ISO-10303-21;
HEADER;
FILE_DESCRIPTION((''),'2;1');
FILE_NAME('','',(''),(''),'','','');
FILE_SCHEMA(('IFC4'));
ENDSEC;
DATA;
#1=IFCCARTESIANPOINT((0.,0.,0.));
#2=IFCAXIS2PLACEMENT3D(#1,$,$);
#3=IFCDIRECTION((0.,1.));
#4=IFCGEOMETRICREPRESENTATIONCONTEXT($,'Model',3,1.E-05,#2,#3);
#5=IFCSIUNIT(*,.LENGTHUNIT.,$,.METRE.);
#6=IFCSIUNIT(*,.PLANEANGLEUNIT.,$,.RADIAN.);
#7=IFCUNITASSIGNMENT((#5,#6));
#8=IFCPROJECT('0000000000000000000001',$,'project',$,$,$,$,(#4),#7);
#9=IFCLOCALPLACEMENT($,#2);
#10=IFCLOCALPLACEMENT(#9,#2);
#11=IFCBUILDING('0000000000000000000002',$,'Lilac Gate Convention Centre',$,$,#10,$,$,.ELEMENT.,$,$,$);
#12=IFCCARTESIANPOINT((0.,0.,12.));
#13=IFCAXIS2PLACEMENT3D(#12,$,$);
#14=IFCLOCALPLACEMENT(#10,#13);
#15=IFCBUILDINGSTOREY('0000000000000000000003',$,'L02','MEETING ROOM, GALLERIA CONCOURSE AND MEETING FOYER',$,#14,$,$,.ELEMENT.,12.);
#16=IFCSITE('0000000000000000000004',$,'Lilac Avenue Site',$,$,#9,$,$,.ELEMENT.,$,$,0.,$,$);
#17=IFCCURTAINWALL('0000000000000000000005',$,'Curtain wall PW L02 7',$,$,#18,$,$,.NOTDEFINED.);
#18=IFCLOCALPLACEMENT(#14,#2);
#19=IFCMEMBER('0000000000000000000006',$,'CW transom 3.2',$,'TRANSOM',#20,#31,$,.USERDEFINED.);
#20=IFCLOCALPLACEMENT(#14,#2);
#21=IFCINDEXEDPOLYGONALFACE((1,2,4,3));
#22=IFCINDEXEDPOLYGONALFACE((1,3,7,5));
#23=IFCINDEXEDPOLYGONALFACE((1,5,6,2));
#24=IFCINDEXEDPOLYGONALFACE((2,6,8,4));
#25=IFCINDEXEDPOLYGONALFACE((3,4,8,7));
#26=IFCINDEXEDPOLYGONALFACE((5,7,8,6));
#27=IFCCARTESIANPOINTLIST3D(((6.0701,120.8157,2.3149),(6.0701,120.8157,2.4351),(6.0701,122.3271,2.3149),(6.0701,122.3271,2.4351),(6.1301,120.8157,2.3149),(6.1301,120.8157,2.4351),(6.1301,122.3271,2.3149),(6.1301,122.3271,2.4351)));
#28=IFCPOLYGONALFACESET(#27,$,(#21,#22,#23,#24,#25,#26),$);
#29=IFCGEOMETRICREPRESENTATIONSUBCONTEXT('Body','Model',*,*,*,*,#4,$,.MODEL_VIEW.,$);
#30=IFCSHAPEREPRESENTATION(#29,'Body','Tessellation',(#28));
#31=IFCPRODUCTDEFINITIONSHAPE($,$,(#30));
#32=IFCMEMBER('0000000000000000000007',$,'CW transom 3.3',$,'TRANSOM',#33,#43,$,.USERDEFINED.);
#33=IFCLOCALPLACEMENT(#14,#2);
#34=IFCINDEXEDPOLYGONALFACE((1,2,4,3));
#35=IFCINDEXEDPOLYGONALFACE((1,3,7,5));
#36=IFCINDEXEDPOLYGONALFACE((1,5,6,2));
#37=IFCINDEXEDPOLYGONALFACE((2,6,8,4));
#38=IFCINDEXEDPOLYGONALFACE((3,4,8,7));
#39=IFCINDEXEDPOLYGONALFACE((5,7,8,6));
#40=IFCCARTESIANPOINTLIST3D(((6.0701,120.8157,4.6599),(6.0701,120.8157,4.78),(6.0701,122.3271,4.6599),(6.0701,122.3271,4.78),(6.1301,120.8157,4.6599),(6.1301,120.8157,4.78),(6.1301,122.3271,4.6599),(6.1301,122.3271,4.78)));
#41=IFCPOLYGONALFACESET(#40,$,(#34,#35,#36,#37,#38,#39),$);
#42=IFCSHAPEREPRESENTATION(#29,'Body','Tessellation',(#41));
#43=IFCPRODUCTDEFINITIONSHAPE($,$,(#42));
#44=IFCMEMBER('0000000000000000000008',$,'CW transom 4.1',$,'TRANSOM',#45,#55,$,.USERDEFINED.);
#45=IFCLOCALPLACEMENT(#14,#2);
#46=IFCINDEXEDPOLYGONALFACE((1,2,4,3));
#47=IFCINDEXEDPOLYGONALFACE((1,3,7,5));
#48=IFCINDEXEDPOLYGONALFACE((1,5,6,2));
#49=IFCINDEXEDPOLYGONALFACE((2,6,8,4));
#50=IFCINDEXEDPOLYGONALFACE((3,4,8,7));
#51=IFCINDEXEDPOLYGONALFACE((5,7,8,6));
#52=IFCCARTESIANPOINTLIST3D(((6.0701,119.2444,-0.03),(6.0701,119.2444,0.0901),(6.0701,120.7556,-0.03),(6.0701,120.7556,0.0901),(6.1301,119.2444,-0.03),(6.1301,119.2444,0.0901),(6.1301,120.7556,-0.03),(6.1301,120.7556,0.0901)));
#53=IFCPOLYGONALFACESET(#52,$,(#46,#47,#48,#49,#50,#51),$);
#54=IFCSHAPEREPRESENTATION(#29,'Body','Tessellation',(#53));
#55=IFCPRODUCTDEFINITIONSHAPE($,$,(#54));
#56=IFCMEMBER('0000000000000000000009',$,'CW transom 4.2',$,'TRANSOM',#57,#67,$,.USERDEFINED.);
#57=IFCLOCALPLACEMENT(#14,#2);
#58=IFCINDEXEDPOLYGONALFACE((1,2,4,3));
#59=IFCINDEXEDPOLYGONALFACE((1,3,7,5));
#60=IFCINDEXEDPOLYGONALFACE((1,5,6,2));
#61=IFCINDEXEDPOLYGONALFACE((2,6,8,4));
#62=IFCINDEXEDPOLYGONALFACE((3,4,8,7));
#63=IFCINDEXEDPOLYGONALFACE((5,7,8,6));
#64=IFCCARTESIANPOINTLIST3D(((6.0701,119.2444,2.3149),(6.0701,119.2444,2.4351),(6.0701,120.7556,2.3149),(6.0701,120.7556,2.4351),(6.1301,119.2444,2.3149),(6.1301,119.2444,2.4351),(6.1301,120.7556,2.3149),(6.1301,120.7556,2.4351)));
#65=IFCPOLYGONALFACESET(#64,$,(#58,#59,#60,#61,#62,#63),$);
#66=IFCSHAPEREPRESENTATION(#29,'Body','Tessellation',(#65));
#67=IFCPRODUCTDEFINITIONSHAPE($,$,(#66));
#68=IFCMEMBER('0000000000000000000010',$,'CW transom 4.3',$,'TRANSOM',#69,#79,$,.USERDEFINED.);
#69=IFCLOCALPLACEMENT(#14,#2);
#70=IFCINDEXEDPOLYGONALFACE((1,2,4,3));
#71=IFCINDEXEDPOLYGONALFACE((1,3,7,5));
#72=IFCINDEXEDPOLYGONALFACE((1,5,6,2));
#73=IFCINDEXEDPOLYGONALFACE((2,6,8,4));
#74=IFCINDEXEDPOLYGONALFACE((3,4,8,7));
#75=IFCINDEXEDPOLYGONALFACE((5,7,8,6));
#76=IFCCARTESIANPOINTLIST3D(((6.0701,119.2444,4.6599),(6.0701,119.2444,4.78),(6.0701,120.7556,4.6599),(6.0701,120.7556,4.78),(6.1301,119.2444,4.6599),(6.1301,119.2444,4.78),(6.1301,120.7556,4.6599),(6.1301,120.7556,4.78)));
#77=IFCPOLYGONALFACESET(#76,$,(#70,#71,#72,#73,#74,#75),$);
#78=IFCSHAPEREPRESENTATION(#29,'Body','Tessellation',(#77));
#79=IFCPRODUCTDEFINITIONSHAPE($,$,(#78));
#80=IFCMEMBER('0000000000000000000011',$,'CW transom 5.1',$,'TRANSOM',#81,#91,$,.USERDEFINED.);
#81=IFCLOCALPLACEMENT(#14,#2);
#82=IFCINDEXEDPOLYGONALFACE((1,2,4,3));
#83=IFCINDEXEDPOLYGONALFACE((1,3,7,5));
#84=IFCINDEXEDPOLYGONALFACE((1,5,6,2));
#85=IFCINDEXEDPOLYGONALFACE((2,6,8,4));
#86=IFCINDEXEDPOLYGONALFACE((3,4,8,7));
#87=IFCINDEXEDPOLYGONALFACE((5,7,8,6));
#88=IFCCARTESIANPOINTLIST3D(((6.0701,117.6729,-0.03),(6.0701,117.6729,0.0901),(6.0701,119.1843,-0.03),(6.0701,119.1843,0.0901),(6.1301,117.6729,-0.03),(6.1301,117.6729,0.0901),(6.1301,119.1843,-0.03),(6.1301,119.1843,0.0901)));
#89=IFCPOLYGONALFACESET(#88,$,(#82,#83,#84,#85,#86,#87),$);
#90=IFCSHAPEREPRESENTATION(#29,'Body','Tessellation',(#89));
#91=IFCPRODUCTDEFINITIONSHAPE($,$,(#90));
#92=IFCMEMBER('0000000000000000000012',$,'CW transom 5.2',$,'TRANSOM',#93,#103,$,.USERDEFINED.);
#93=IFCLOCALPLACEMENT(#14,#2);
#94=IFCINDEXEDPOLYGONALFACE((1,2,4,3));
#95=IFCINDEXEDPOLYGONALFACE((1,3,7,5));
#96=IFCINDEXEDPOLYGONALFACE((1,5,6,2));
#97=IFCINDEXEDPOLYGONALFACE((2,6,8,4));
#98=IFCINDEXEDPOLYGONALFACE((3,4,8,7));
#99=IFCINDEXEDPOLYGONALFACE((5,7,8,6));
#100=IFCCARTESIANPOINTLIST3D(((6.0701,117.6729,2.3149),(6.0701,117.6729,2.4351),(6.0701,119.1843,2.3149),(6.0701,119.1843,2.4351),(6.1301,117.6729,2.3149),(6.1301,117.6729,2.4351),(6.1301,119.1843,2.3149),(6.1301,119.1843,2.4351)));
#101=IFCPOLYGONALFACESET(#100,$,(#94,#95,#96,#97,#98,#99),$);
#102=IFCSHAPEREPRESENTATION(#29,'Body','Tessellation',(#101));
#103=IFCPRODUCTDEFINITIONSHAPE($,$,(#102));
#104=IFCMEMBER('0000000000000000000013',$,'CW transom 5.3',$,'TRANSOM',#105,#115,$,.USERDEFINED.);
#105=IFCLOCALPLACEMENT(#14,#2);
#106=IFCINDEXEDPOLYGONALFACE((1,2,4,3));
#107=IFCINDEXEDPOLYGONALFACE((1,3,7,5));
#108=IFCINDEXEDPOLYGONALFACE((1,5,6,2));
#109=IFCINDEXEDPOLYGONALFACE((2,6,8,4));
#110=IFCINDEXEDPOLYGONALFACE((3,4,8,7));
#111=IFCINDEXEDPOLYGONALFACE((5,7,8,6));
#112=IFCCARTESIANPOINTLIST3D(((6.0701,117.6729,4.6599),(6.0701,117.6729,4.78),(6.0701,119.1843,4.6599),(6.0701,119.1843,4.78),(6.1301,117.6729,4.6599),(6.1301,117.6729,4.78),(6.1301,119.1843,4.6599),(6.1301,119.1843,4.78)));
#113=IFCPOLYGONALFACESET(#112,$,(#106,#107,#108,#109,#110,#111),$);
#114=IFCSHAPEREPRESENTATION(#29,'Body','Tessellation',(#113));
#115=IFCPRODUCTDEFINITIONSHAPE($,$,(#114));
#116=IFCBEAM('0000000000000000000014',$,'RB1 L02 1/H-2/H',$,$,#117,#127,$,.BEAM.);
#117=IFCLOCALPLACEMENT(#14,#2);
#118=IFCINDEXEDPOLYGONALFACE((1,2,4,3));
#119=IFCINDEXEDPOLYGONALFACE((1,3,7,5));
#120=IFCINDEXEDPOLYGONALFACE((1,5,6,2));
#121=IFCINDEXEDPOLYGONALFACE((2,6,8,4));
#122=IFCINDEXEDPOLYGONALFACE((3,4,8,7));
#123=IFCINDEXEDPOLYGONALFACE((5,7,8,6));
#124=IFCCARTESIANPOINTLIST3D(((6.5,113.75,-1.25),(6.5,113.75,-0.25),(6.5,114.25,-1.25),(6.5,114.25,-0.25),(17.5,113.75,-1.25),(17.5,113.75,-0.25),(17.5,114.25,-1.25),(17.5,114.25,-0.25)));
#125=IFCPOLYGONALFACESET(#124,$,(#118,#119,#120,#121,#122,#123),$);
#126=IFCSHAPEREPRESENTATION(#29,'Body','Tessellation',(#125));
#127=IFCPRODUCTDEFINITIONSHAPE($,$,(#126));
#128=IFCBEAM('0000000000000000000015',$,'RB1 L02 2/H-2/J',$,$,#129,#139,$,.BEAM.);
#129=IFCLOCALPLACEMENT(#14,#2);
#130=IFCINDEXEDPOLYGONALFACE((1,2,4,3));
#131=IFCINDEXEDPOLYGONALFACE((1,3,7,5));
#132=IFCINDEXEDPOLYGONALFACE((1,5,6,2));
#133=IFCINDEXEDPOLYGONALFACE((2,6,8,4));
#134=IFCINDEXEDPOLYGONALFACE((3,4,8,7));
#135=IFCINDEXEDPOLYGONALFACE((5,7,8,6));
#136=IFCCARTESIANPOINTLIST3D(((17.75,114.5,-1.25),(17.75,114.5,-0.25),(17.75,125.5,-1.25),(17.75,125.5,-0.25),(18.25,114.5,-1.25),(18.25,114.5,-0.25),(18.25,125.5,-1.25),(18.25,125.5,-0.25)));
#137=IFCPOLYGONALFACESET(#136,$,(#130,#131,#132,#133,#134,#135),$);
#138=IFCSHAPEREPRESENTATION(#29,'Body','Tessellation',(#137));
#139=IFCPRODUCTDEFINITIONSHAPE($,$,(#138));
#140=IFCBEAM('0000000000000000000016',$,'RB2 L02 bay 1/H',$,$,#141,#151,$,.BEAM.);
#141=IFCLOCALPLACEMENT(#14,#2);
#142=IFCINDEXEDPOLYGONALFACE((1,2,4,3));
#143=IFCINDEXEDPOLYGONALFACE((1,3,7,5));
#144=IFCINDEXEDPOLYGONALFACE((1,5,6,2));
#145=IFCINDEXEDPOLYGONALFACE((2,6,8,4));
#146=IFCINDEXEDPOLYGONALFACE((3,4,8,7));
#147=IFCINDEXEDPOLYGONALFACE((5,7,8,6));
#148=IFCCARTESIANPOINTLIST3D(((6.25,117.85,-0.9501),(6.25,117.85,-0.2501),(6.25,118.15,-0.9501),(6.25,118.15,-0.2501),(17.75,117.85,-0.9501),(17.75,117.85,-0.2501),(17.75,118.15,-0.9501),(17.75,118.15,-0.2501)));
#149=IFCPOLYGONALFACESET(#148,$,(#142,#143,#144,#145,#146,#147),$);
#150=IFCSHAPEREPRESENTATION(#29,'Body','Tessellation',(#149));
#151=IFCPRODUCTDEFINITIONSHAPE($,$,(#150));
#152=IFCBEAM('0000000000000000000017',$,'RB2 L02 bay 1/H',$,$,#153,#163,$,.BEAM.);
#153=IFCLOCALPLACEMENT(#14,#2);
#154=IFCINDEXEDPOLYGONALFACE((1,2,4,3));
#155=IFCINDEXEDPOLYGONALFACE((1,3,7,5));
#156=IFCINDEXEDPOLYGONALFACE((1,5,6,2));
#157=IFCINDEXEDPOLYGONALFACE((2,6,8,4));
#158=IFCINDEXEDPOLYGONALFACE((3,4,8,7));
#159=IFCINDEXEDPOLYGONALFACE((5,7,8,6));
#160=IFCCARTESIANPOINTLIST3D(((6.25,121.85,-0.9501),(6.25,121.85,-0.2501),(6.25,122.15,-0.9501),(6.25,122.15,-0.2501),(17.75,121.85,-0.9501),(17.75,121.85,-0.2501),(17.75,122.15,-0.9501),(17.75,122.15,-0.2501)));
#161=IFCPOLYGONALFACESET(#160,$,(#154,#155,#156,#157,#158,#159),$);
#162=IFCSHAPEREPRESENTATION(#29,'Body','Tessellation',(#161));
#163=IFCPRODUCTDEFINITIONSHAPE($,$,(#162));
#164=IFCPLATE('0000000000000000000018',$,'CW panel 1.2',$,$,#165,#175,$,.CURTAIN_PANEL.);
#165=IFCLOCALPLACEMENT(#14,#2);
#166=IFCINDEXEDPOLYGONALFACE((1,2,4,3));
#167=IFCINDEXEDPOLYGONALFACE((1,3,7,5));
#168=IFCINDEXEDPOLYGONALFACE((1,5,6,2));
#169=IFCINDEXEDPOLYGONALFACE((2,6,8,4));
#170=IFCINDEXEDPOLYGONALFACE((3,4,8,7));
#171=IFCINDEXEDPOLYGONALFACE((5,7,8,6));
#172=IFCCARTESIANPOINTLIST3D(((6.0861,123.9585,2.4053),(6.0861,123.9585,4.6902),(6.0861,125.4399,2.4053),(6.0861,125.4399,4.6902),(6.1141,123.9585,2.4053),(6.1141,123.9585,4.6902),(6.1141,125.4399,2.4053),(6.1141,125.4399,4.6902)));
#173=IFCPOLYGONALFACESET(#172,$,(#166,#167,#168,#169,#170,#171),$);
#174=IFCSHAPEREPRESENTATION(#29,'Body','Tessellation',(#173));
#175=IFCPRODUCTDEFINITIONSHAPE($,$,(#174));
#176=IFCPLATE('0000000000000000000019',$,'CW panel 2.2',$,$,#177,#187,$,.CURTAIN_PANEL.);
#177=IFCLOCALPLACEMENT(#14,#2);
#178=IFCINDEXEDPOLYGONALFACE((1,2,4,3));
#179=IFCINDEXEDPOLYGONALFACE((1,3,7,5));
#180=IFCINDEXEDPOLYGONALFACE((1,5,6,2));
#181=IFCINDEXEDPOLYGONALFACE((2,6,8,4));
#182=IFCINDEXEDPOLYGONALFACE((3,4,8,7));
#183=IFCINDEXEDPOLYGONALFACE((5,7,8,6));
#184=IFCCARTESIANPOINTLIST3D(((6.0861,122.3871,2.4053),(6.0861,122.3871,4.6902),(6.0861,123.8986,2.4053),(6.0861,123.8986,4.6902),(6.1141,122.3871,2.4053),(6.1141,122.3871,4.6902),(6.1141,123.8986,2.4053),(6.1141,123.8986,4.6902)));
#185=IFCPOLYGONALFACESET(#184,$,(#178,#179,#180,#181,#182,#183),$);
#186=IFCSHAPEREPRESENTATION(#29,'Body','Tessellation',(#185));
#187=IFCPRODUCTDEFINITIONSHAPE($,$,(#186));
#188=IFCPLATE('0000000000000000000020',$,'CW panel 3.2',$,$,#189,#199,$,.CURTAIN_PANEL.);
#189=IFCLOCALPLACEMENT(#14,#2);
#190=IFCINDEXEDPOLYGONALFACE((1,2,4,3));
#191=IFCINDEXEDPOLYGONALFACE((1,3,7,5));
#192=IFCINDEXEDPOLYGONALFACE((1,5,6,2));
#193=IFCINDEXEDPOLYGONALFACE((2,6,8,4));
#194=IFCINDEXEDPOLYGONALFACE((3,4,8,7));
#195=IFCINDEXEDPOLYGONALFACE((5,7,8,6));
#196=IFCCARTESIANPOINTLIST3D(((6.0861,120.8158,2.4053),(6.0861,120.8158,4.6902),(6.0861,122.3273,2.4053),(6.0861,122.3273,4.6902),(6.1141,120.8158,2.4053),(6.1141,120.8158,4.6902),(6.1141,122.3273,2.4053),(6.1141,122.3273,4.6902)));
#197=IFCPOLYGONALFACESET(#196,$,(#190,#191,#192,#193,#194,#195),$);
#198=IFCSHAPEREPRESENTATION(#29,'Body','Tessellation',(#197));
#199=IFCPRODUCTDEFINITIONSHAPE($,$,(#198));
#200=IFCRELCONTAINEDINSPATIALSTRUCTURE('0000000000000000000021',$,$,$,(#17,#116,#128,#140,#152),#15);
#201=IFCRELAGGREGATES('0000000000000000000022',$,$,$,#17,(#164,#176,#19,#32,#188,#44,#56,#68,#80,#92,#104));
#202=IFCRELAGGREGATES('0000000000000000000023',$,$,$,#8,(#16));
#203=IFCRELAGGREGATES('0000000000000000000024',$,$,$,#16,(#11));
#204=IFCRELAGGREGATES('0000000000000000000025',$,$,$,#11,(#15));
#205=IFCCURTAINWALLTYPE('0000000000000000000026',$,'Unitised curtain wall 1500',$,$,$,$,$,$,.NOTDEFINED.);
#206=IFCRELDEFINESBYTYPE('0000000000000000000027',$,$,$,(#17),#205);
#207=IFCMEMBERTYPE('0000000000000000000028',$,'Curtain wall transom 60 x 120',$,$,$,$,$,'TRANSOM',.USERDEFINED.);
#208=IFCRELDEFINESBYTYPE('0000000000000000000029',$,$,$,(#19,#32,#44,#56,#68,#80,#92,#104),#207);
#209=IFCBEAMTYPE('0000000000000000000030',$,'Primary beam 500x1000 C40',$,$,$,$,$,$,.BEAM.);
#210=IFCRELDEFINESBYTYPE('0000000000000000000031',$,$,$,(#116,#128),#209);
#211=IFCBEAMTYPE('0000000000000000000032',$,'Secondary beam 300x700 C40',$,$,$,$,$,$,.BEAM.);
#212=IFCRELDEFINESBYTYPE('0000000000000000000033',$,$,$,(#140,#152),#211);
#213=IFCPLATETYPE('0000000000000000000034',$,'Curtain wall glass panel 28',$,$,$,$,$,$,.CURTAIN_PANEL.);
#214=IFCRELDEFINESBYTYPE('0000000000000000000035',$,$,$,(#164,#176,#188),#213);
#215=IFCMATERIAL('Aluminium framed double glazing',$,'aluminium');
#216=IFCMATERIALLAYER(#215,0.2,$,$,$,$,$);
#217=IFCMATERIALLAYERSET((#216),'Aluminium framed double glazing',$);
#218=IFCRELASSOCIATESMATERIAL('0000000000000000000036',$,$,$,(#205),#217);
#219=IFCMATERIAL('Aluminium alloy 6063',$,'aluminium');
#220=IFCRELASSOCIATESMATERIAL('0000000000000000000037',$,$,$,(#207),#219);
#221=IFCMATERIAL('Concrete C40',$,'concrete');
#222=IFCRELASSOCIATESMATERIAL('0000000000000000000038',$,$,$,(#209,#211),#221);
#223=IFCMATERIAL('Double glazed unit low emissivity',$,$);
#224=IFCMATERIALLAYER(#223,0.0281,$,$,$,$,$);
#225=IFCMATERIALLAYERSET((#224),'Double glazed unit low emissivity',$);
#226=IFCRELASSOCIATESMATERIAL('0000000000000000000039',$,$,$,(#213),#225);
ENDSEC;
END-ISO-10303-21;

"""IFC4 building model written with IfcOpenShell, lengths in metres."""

from ifc_helpers import new_model, si_unit, direction, frame, origin, origin_2d, place, context, subcontext, project, spatial, rectangle, extrude, material, layer, layer_set, material_profile, profile_set, type_object, element, aggregate, save


model = new_model("IFC4")

# Units and contexts
model_context = context("Model", 3, precision=1e-05, world=origin(), true_north=direction((0.0, 1.0)))
body_context = subcontext(model_context, "Body", "Model", "MODEL_VIEW")
ifc_project = project(units=[si_unit("LENGTHUNIT", "METRE"), si_unit("PLANEANGLEUNIT", "RADIAN")], contexts=[model_context])

# Site, building, storey
site_placement = place(None, origin())
site = spatial("IfcSite", under=ifc_project, at=site_placement, Name="Lilac Avenue Site", CompositionType="ELEMENT", RefElevation=0.0)
building_placement = place(site_placement, origin())
building = spatial("IfcBuilding", under=site, at=building_placement, Name="Lilac Gate Convention Centre", CompositionType="ELEMENT")
storey_placement = place(building_placement, frame((0.0, 0.0, 12.0)))
storey = spatial("IfcBuildingStorey", under=building, at=storey_placement, Name="L02", Description="MEETING ROOM, GALLERIA CONCOURSE AND MEETING FOYER", CompositionType="ELEMENT", Elevation=12.0)

# Shared definitions
ifc_material_1 = material(Name="Concrete C40", Category="concrete")

# Curtain wall, members
ifc_material_2 = material(Name="Aluminium framed double glazing", Category="aluminium")
ifc_layer_1 = layer(ifc_material_2, 0.2)
ifc_layer_set_1 = layer_set([ifc_layer_1], Name="Aluminium framed double glazing")
curtain_wall_type = type_object("IfcCurtainWallType", Name="Unitised curtain wall 1500", PredefinedType="NOTDEFINED", material=ifc_layer_set_1)
curtain_wall_placement = place(storey_placement, origin())
curtain_wall = element("IfcCurtainWall", 1, at=curtain_wall_placement, inside=storey, type_object=curtain_wall_type, Name="Curtain wall PW L02 7", PredefinedType="NOTDEFINED")
ifc_material_3 = material(Name="Aluminium alloy 6063", Category="aluminium")
ifc_material_profile_1 = material_profile(ifc_material_3, rectangle(XDim=0.0601, YDim=0.1201, at=origin_2d()), Name="Curtain wall transom 60 x 120")
ifc_profile_set_1 = profile_set([ifc_material_profile_1], Name="Aluminium alloy 6063")
member_type_1 = type_object("IfcMemberType", Name="Curtain wall transom 60 x 120", ElementType="TRANSOM", PredefinedType="USERDEFINED", material=ifc_profile_set_1)
member_1_placement = place(storey_placement, frame((6.1001, 122.3271, 2.375), z_axis=(0.0, -1.0, 0.0), x_axis=(1.0, 0.0, 0.0)))
member_1 = element("IfcMember", 2, at=member_1_placement, type_object=member_type_1, Name="CW transom 3.2", ObjectType="TRANSOM", PredefinedType="USERDEFINED", context=body_context, shape_type="SweptSolid", body=[
    extrude(rectangle(XDim=0.0601, YDim=0.1201, at=origin_2d()), origin(), (0.0, 0.0, 1.0), 1.5115),
])
member_2_placement = place(storey_placement, frame((6.1001, 122.3271, 4.72), z_axis=(0.0, -1.0, 0.0), x_axis=(1.0, 0.0, 0.0)))
member_2 = element("IfcMember", 3, at=member_2_placement, type_object=member_type_1, Name="CW transom 3.3", ObjectType="TRANSOM", PredefinedType="USERDEFINED", context=body_context, shape_type="SweptSolid", body=[
    extrude(rectangle(XDim=0.0601, YDim=0.1201, at=origin_2d()), origin(), (0.0, 0.0, 1.0), 1.5115),
])
member_3_placement = place(storey_placement, frame((6.1001, 120.7556, 0.03), z_axis=(0.0, -1.0, 0.0), x_axis=(1.0, 0.0, 0.0)))
member_3 = element("IfcMember", 4, at=member_3_placement, type_object=member_type_1, Name="CW transom 4.1", ObjectType="TRANSOM", PredefinedType="USERDEFINED", context=body_context, shape_type="SweptSolid", body=[
    extrude(rectangle(XDim=0.0601, YDim=0.1201, at=origin_2d()), origin(), (0.0, 0.0, 1.0), 1.5112),
])
member_4_placement = place(storey_placement, frame((6.1001, 120.7556, 2.375), z_axis=(0.0, -1.0, 0.0), x_axis=(1.0, 0.0, 0.0)))
member_4 = element("IfcMember", 5, at=member_4_placement, type_object=member_type_1, Name="CW transom 4.2", ObjectType="TRANSOM", PredefinedType="USERDEFINED", context=body_context, shape_type="SweptSolid", body=[
    extrude(rectangle(XDim=0.0601, YDim=0.1201, at=origin_2d()), origin(), (0.0, 0.0, 1.0), 1.5112),
])
member_5_placement = place(storey_placement, frame((6.1001, 120.7556, 4.72), z_axis=(0.0, -1.0, 0.0), x_axis=(1.0, 0.0, 0.0)))
member_5 = element("IfcMember", 6, at=member_5_placement, type_object=member_type_1, Name="CW transom 4.3", ObjectType="TRANSOM", PredefinedType="USERDEFINED", context=body_context, shape_type="SweptSolid", body=[
    extrude(rectangle(XDim=0.0601, YDim=0.1201, at=origin_2d()), origin(), (0.0, 0.0, 1.0), 1.5112),
])
member_6_placement = place(storey_placement, frame((6.1001, 119.1843, 0.03), z_axis=(0.0, -1.0, 0.0), x_axis=(1.0, 0.0, 0.0)))
member_6 = element("IfcMember", 7, at=member_6_placement, type_object=member_type_1, Name="CW transom 5.1", ObjectType="TRANSOM", PredefinedType="USERDEFINED", context=body_context, shape_type="SweptSolid", body=[
    extrude(rectangle(XDim=0.0601, YDim=0.1201, at=origin_2d()), origin(), (0.0, 0.0, 1.0), 1.5115),
])
member_7_placement = place(storey_placement, frame((6.1001, 119.1843, 2.375), z_axis=(0.0, -1.0, 0.0), x_axis=(1.0, 0.0, 0.0)))
member_7 = element("IfcMember", 8, at=member_7_placement, type_object=member_type_1, Name="CW transom 5.2", ObjectType="TRANSOM", PredefinedType="USERDEFINED", context=body_context, shape_type="SweptSolid", body=[
    extrude(rectangle(XDim=0.0601, YDim=0.1201, at=origin_2d()), origin(), (0.0, 0.0, 1.0), 1.5115),
])
member_8_placement = place(storey_placement, frame((6.1001, 119.1843, 4.72), z_axis=(0.0, -1.0, 0.0), x_axis=(1.0, 0.0, 0.0)))
member_8 = element("IfcMember", 9, at=member_8_placement, type_object=member_type_1, Name="CW transom 5.3", ObjectType="TRANSOM", PredefinedType="USERDEFINED", context=body_context, shape_type="SweptSolid", body=[
    extrude(rectangle(XDim=0.0601, YDim=0.1201, at=origin_2d()), origin(), (0.0, 0.0, 1.0), 1.5115),
])

# Beams
ifc_material_profile_2 = material_profile(ifc_material_1, rectangle(XDim=0.5, YDim=1.0, at=origin_2d()), Name="RC 500x1000")
ifc_profile_set_2 = profile_set([ifc_material_profile_2], Name="Concrete C40")
beam_type_1 = type_object("IfcBeamType", Name="Primary beam 500x1000 C40", PredefinedType="BEAM", material=ifc_profile_set_2)
for number, where, z_axis, x_axis, name in (
    (10, (6.5, 114.0, -0.75), (1.0, 0.0, 0.0), (0.0, 1.0, 0.0), "RB1 L02 1/H-2/H"),
    (11, (18.0, 114.5, -0.75), (0.0, 1.0, 0.0), (-1.0, 0.0, 0.0), "RB1 L02 2/H-2/J"),
):
    element("IfcBeam", number, at=place(storey_placement, frame(where, z_axis=z_axis, x_axis=x_axis)), inside=storey, type_object=beam_type_1, Name=name, PredefinedType="BEAM", context=body_context, shape_type="SweptSolid", body=[
        extrude(rectangle(XDim=0.5, YDim=1.0, at=origin_2d()), origin(), (0.0, 0.0, 1.0), 11.0),
    ])
ifc_material_profile_3 = material_profile(ifc_material_1, rectangle(XDim=0.3, YDim=0.7, at=origin_2d()), Name="RC 300x700")
ifc_profile_set_3 = profile_set([ifc_material_profile_3], Name="Concrete C40")
beam_type_2 = type_object("IfcBeamType", Name="Secondary beam 300x700 C40", PredefinedType="BEAM", material=ifc_profile_set_3)
for number, where, z_axis, x_axis, name in (
    (12, (6.25, 118.0, -0.6001), (1.0, 0.0, 0.0), (0.0, 1.0, 0.0), "RB2 L02 bay 1/H"),
    (13, (6.25, 122.0, -0.6001), (1.0, 0.0, 0.0), (0.0, 1.0, 0.0), "RB2 L02 bay 1/H"),
):
    element("IfcBeam", number, at=place(storey_placement, frame(where, z_axis=z_axis, x_axis=x_axis)), inside=storey, type_object=beam_type_2, Name=name, PredefinedType="BEAM", context=body_context, shape_type="SweptSolid", body=[
        extrude(rectangle(XDim=0.3, YDim=0.7, at=origin_2d()), origin(), (0.0, 0.0, 1.0), 11.5),
    ])

# Plates
ifc_material_4 = material(Name="Double glazed unit low emissivity")
ifc_layer_2 = layer(ifc_material_4, 0.0281)
ifc_layer_set_2 = layer_set([ifc_layer_2], Name="Double glazed unit low emissivity")
plate_type_1 = type_object("IfcPlateType", Name="Curtain wall glass panel 28", PredefinedType="CURTAIN_PANEL", material=ifc_layer_set_2)
plate_1_placement = place(storey_placement, frame((6.1001, 124.6992, 2.4053), z_axis=(0.0, 0.0, 1.0), x_axis=(0.0, -1.0, 0.0)))
plate_1 = element("IfcPlate", 14, at=plate_1_placement, type_object=plate_type_1, Name="CW panel 1.2", PredefinedType="CURTAIN_PANEL", context=body_context, shape_type="SweptSolid", body=[
    extrude(rectangle(XDim=1.4814, YDim=0.0281, at=origin_2d()), origin(), (0.0, 0.0, 1.0), 2.2849),
])
plate_2_placement = place(storey_placement, frame((6.1001, 123.1428, 2.4053), z_axis=(0.0, 0.0, 1.0), x_axis=(0.0, -1.0, 0.0)))
plate_2 = element("IfcPlate", 15, at=plate_2_placement, type_object=plate_type_1, Name="CW panel 2.2", PredefinedType="CURTAIN_PANEL", context=body_context, shape_type="SweptSolid", body=[
    extrude(rectangle(XDim=1.5115, YDim=0.0281, at=origin_2d()), origin(), (0.0, 0.0, 1.0), 2.2849),
])
plate_3_placement = place(storey_placement, frame((6.1001, 121.5715, 2.4053), z_axis=(0.0, 0.0, 1.0), x_axis=(0.0, -1.0, 0.0)))
plate_3 = element("IfcPlate", 16, at=plate_3_placement, type_object=plate_type_1, Name="CW panel 3.2", PredefinedType="CURTAIN_PANEL", context=body_context, shape_type="SweptSolid", body=[
    extrude(rectangle(XDim=1.5115, YDim=0.0281, at=origin_2d()), origin(), (0.0, 0.0, 1.0), 2.2849),
])
aggregate(curtain_wall, [plate_1, plate_2, member_1, member_2, plate_3, member_3, member_4, member_5, member_6, member_7, member_8])

save(model, "model.ifc")
